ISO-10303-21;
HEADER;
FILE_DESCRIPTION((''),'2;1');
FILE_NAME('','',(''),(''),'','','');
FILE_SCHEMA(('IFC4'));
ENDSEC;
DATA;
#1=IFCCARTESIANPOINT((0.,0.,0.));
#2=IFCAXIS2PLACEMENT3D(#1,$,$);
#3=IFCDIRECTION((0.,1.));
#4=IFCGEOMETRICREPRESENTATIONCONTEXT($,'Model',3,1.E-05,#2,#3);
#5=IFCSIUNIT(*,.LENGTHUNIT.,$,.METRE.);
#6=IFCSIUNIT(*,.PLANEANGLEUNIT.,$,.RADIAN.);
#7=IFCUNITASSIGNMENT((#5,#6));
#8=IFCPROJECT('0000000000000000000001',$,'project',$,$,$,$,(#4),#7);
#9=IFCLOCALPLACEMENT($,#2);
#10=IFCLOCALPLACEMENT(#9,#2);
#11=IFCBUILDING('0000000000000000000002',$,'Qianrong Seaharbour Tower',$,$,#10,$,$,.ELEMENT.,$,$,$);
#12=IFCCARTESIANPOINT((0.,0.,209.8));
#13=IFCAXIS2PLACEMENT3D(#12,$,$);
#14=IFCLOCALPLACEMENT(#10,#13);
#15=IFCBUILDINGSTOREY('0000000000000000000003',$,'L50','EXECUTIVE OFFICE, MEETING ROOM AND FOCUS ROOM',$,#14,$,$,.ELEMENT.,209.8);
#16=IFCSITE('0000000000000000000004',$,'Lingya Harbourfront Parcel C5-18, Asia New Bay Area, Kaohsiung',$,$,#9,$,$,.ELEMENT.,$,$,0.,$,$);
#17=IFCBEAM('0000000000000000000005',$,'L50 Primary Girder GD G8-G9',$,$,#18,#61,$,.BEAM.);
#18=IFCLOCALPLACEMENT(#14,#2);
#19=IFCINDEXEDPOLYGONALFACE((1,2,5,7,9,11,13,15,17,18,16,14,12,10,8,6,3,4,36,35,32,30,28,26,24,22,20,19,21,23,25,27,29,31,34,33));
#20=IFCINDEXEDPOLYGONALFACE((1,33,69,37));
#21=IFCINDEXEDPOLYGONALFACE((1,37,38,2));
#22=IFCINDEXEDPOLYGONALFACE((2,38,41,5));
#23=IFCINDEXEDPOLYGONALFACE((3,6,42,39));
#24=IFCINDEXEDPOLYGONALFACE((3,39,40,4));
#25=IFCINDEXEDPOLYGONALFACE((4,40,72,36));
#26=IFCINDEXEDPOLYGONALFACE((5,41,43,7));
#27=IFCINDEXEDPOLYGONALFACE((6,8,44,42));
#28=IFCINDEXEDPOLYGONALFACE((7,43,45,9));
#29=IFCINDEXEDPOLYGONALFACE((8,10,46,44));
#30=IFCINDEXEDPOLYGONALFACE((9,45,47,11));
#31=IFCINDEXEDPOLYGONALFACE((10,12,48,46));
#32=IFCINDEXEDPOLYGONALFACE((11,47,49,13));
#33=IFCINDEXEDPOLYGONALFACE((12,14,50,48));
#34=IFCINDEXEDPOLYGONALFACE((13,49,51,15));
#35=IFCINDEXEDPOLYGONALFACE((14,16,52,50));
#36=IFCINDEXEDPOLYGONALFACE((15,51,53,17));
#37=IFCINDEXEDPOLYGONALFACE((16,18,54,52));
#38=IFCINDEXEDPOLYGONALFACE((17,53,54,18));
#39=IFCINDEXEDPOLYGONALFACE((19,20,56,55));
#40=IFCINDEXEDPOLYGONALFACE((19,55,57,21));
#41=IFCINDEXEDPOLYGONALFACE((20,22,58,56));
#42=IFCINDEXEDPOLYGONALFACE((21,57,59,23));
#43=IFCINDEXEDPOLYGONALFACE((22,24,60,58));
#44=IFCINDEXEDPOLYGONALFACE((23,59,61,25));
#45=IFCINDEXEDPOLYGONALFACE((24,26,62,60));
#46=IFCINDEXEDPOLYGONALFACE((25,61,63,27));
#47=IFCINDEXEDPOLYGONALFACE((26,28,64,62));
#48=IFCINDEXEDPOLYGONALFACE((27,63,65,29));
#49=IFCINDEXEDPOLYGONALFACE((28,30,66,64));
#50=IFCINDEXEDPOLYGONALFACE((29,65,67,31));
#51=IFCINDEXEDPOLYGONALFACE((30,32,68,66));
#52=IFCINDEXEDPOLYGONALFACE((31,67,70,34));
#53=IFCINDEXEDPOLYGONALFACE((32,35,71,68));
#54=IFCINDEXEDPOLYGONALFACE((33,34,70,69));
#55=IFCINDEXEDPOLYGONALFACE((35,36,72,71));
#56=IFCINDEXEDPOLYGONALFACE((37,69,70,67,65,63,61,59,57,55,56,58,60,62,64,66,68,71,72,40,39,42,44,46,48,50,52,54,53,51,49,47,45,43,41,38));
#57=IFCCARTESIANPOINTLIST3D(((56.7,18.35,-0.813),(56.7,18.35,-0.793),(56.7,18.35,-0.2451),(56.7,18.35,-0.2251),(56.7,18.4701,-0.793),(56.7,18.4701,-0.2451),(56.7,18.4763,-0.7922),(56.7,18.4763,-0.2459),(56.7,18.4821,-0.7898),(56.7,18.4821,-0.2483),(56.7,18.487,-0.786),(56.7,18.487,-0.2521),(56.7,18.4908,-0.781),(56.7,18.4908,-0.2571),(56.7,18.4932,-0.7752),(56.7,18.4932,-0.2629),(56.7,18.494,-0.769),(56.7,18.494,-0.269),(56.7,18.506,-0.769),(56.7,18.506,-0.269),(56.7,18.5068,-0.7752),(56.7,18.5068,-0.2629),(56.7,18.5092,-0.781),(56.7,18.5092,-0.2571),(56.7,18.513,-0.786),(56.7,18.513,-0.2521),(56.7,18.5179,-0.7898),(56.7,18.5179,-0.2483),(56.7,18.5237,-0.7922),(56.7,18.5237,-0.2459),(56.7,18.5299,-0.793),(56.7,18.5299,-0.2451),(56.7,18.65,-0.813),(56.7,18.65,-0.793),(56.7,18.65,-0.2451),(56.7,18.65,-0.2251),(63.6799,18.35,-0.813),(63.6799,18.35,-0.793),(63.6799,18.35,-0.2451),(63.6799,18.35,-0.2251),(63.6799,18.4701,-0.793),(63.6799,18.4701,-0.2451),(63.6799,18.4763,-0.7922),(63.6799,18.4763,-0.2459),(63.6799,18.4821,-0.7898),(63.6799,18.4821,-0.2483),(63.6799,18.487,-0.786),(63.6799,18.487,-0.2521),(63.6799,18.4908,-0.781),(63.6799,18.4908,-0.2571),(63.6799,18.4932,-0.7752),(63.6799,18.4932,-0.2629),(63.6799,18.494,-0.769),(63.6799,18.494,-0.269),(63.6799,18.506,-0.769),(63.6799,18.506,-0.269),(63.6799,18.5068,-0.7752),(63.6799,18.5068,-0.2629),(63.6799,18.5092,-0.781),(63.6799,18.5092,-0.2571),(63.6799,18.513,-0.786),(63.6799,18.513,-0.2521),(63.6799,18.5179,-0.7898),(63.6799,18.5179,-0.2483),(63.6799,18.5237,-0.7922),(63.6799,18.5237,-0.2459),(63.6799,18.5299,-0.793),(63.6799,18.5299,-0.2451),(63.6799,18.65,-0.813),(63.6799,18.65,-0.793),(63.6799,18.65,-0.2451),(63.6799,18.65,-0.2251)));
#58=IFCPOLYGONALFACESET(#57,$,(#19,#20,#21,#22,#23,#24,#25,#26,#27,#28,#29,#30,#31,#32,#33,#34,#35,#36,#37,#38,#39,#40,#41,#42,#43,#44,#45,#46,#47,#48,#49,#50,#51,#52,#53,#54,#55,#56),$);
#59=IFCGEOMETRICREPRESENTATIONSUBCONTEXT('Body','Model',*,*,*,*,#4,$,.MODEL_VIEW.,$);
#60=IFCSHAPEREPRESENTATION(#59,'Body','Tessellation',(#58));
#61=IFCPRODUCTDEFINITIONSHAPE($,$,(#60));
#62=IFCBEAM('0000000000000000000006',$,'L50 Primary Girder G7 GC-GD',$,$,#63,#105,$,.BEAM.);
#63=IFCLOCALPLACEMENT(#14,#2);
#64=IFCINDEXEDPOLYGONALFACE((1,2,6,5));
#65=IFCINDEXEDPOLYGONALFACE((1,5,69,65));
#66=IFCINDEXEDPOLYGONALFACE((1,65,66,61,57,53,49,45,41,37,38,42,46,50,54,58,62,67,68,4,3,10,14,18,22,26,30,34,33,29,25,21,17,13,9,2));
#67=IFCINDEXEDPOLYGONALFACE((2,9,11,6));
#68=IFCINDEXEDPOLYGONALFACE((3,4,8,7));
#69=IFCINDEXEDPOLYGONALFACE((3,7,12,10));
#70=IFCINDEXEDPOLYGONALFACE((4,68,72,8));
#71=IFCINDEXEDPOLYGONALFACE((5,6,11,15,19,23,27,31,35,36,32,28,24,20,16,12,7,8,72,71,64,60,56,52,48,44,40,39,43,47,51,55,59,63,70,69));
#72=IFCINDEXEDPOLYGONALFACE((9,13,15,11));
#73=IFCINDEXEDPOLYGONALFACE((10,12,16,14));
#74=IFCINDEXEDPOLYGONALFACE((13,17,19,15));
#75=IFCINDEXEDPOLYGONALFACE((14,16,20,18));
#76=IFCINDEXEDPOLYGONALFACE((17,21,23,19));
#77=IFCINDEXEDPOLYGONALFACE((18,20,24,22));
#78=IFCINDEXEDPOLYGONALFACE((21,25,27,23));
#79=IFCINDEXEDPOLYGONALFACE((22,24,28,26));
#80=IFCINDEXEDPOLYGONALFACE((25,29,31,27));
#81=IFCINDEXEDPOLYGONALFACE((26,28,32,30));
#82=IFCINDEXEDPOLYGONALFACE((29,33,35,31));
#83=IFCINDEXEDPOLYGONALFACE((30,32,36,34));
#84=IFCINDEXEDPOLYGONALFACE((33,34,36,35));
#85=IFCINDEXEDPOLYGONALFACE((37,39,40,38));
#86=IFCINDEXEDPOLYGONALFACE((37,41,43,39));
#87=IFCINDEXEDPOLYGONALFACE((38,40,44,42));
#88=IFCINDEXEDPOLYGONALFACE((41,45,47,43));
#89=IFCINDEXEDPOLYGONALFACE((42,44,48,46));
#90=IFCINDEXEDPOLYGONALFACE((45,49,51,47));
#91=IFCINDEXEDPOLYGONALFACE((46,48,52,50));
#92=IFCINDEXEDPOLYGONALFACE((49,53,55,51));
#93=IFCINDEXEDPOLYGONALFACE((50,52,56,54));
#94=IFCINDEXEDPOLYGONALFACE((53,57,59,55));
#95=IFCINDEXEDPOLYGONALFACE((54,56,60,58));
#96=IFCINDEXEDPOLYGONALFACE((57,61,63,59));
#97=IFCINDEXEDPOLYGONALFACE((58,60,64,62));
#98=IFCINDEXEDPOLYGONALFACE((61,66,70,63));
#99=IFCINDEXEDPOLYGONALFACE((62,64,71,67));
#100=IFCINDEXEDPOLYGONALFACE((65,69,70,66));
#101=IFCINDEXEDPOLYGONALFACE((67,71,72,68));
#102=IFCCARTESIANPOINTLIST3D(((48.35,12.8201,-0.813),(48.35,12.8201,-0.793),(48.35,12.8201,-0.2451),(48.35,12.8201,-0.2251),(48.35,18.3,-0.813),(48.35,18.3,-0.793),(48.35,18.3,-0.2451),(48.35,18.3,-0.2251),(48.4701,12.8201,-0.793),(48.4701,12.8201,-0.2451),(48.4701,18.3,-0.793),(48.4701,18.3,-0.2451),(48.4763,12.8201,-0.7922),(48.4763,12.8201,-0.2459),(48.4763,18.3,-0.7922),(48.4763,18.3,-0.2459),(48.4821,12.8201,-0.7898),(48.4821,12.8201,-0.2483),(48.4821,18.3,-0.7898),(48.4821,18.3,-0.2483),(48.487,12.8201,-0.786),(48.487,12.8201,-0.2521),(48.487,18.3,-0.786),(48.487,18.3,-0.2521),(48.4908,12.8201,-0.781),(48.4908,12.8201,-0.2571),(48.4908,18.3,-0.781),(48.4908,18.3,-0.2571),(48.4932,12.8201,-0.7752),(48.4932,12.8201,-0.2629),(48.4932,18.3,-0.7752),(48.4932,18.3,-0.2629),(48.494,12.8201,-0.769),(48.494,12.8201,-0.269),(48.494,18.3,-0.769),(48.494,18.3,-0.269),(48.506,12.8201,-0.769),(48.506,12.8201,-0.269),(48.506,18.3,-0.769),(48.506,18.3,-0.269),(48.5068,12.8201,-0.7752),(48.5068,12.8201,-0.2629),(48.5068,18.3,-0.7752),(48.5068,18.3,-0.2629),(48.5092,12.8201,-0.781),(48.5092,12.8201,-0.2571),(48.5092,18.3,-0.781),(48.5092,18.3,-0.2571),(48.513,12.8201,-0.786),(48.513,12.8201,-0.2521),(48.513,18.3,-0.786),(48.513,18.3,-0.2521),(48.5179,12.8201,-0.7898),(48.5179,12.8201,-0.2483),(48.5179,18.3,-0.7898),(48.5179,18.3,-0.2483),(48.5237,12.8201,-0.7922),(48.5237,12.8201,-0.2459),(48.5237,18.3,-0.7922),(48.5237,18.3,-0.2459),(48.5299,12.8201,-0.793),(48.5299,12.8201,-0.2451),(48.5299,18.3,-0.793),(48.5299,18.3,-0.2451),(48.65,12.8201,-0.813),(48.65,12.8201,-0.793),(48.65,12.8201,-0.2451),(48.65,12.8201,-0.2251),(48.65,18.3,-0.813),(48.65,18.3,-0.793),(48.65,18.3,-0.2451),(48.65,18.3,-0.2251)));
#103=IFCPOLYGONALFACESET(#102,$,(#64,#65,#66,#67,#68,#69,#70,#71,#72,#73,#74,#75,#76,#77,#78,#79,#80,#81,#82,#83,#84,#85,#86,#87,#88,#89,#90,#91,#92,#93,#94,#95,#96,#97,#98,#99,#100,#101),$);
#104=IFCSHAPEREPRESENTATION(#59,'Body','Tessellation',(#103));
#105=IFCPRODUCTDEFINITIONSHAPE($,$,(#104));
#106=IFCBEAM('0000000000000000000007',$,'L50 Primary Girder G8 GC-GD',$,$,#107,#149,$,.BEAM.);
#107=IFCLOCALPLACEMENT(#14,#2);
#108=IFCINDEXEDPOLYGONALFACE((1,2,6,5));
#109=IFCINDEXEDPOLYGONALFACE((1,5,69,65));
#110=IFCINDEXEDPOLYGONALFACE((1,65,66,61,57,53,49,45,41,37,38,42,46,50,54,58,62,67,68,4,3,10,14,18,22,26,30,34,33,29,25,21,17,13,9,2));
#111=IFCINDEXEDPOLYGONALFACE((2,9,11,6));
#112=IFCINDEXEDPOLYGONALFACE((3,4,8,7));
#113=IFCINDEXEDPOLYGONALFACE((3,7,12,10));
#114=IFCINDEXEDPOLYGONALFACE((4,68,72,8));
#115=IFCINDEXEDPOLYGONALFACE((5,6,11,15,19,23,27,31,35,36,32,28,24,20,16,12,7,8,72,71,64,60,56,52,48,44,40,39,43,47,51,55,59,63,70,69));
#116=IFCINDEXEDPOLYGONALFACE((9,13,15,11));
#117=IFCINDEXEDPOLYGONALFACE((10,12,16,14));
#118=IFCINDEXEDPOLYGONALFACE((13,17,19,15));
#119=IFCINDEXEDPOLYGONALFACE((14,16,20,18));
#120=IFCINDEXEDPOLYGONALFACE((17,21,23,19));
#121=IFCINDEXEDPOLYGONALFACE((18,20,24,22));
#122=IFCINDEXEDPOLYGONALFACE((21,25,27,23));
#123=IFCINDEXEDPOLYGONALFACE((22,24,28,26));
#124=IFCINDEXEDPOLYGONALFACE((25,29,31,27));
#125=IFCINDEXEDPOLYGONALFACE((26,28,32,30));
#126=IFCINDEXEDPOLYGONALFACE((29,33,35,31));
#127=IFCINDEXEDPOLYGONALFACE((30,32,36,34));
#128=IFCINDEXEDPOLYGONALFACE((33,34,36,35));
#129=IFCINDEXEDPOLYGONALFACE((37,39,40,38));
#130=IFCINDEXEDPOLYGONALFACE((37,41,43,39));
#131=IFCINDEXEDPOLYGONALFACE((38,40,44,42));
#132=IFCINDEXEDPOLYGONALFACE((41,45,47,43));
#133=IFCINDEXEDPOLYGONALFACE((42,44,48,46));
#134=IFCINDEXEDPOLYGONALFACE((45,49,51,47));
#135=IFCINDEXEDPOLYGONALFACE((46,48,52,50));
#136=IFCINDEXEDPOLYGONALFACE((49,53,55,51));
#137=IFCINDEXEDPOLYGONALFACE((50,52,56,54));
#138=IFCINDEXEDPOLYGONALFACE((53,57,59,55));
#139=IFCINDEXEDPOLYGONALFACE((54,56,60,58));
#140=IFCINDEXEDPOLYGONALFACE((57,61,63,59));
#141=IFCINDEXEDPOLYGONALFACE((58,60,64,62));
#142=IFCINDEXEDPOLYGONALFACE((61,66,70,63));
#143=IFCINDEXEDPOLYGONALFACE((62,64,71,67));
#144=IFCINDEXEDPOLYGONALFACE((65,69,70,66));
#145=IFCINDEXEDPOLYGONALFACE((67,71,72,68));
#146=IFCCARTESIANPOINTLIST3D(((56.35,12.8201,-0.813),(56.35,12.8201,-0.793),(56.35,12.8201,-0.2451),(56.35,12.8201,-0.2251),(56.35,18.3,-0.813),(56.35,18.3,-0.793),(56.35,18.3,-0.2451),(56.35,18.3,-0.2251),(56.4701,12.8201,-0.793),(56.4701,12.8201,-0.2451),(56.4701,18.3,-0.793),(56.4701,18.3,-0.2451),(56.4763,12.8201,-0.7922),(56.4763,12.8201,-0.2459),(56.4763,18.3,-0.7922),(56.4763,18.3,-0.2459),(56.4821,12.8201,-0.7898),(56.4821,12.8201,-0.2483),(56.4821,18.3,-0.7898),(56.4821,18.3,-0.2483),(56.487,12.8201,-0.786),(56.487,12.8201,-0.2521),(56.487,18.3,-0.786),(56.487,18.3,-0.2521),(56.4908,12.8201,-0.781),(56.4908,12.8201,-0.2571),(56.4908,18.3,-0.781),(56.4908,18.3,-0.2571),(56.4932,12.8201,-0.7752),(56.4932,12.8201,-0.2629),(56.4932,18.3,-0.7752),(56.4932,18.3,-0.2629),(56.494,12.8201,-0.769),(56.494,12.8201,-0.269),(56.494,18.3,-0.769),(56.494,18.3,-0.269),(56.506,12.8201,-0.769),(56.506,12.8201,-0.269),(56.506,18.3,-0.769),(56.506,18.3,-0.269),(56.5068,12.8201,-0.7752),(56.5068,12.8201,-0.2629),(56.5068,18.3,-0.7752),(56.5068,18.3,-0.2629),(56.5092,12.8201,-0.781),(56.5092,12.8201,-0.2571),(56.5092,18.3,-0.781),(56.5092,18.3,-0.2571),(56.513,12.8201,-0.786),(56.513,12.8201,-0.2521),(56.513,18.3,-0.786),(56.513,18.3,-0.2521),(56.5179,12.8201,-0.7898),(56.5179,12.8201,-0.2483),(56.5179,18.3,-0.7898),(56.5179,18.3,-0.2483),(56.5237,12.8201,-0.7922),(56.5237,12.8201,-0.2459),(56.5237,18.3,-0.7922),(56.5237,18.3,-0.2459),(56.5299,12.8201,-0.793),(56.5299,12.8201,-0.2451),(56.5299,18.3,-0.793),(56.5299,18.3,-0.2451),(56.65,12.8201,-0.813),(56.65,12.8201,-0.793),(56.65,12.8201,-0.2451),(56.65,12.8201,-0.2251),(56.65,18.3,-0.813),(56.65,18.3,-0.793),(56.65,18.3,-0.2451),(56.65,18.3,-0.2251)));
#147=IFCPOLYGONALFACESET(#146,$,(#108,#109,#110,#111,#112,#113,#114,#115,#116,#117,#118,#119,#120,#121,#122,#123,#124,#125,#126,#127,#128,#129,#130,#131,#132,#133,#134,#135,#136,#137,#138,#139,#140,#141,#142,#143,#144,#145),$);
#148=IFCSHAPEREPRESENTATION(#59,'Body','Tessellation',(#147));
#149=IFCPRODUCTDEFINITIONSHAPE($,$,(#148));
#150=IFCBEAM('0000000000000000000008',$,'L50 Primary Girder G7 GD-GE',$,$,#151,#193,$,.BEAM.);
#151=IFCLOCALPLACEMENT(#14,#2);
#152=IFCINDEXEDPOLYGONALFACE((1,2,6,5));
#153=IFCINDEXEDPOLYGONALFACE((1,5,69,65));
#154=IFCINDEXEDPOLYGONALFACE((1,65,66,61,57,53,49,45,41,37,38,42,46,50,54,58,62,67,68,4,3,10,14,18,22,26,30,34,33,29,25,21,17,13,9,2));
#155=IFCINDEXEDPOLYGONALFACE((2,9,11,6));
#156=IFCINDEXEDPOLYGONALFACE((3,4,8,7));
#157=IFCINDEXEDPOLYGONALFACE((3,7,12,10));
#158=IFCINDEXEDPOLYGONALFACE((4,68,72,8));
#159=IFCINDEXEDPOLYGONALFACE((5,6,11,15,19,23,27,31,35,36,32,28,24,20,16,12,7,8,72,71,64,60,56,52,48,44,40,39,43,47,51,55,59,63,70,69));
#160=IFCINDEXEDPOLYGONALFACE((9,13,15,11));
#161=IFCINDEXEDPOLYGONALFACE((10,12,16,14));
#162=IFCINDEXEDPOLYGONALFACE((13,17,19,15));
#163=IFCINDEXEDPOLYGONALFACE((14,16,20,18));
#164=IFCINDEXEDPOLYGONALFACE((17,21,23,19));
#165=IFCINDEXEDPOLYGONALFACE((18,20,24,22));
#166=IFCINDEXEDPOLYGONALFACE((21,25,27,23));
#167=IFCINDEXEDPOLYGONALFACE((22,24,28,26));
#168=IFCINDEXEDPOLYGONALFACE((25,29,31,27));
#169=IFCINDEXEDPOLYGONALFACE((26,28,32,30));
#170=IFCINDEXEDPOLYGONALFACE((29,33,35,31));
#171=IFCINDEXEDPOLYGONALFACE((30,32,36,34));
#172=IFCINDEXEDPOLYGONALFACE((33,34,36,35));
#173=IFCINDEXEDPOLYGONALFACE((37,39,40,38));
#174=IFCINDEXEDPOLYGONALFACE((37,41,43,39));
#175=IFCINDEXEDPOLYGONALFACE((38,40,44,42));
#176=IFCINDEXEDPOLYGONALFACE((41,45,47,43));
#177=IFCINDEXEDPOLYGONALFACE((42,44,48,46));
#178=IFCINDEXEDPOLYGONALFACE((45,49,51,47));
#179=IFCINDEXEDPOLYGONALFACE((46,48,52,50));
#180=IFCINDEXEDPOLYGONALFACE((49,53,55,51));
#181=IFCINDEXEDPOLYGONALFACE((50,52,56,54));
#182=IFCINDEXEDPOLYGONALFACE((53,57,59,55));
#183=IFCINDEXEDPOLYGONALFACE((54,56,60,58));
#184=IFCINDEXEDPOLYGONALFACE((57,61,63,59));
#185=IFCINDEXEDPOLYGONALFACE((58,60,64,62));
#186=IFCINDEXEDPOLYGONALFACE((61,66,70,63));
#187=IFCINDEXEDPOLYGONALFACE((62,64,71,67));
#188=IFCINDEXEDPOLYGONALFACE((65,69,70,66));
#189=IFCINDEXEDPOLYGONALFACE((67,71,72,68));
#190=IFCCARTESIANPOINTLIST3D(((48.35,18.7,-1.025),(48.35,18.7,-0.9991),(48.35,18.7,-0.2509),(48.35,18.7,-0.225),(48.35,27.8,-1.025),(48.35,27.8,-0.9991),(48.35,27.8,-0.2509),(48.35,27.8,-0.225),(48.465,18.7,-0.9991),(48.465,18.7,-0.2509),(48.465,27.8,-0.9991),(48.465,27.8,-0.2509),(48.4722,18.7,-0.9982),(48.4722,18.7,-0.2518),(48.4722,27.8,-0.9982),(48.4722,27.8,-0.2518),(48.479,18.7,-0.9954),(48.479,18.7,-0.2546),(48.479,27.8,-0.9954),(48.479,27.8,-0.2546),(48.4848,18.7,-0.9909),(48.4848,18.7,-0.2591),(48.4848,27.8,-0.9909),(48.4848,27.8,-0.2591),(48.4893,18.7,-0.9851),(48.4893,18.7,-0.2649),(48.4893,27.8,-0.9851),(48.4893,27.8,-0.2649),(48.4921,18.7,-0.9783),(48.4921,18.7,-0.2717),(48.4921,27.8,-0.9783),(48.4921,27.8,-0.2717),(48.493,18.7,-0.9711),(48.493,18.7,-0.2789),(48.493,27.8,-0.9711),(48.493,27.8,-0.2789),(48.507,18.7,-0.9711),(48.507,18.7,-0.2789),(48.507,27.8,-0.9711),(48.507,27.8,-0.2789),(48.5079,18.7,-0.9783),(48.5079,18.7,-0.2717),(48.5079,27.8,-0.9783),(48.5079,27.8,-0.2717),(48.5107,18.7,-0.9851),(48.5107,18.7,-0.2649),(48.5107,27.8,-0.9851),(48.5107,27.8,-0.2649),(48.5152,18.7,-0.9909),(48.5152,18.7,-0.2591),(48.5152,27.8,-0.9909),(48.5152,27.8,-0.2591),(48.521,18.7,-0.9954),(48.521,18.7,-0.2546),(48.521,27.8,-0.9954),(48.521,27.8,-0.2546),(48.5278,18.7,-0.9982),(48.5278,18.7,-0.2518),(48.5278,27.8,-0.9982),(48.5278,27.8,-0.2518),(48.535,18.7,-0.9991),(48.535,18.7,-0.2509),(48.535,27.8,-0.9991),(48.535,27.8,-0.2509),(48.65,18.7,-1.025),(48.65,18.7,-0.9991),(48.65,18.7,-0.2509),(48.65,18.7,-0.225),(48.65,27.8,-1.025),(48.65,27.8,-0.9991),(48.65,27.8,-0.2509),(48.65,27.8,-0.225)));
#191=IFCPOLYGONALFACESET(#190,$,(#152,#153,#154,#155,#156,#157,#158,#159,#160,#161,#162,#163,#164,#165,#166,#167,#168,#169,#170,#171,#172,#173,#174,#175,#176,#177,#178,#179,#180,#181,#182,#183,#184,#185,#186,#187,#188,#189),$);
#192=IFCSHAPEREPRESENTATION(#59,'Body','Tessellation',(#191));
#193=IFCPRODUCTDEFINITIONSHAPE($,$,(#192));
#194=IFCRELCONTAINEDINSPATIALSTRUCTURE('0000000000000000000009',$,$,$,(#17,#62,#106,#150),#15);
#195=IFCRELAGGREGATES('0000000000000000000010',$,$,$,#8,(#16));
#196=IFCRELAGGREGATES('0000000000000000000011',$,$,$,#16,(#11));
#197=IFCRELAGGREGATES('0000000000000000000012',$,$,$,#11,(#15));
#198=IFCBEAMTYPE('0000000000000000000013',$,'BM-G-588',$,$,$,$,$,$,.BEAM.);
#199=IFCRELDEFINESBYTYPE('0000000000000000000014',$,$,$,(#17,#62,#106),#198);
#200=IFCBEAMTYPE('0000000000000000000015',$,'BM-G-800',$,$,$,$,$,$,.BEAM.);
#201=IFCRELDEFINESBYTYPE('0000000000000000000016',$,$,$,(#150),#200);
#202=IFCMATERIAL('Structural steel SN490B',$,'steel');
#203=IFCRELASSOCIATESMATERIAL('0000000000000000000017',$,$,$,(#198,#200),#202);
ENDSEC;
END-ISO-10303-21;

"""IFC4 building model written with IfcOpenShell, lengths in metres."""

from ifc_helpers import new_model, si_unit, direction, frame, origin, origin_2d, place, context, subcontext, project, spatial, i_section, extrude, material, material_profile, profile_set, type_object, element, save


model = new_model("IFC4")

# Units and contexts
model_context = context("Model", 3, precision=1e-05, world=origin(), true_north=direction((0.0, 1.0)))
body_context = subcontext(model_context, "Body", "Model", "MODEL_VIEW")
ifc_project = project(units=[si_unit("LENGTHUNIT", "METRE"), si_unit("PLANEANGLEUNIT", "RADIAN")], contexts=[model_context])

# Site, building, storey
site_placement = place(None, origin())
site = spatial("IfcSite", under=ifc_project, at=site_placement, Name="Lingya Harbourfront Parcel C5-18, Asia New Bay Area, Kaohsiung", CompositionType="ELEMENT", RefElevation=0.0)
building_placement = place(site_placement, origin())
building = spatial("IfcBuilding", under=site, at=building_placement, Name="Qianrong Seaharbour Tower", CompositionType="ELEMENT")
storey_placement = place(building_placement, frame((0.0, 0.0, 209.8)))
storey = spatial("IfcBuildingStorey", under=building, at=storey_placement, Name="L50", Description="EXECUTIVE OFFICE, MEETING ROOM AND FOCUS ROOM", CompositionType="ELEMENT", Elevation=209.8)

# Shared definitions
ifc_material_1 = material(Name="Structural steel SN490B", Category="steel")

# Beams
ifc_material_profile_1 = material_profile(ifc_material_1, i_section(OverallWidth=0.3, OverallDepth=0.5879, WebThickness=0.012, FlangeThickness=0.02, FilletRadius=0.0239, at=origin_2d()), Name="H588x300x12x20")
ifc_profile_set_1 = profile_set([ifc_material_profile_1], Name="Structural steel SN490B")
beam_type_1 = type_object("IfcBeamType", Name="BM-G-588", PredefinedType="BEAM", material=ifc_profile_set_1)
beam_1_placement = place(storey_placement, frame((56.7, 18.5, -0.519), z_axis=(1.0, 0.0, 0.0), x_axis=(0.0, 1.0, 0.0)))
element("IfcBeam", 1, at=beam_1_placement, inside=storey, type_object=beam_type_1, Name="L50 Primary Girder GD G8-G9", PredefinedType="BEAM", context=body_context, shape_type="SweptSolid", body=[
    extrude(i_section(OverallWidth=0.3, OverallDepth=0.5879, WebThickness=0.012, FlangeThickness=0.02, FilletRadius=0.0239, at=origin_2d()), origin(), (0.0, 0.0, 1.0), 6.98),
])
for number, where, z_axis, x_axis, name in (
    (2, (48.5, 12.8201, -0.519), (0.0, 1.0, 0.0), (-1.0, 0.0, 0.0), "L50 Primary Girder G7 GC-GD"),
    (3, (56.5, 12.8201, -0.519), (0.0, 1.0, 0.0), (-1.0, 0.0, 0.0), "L50 Primary Girder G8 GC-GD"),
):
    element("IfcBeam", number, at=place(storey_placement, frame(where, z_axis=z_axis, x_axis=x_axis)), inside=storey, type_object=beam_type_1, Name=name, PredefinedType="BEAM", context=body_context, shape_type="SweptSolid", body=[
        extrude(i_section(OverallWidth=0.3, OverallDepth=0.5879, WebThickness=0.012, FlangeThickness=0.02, FilletRadius=0.0239, at=origin_2d()), origin(), (0.0, 0.0, 1.0), 5.48),
    ])
ifc_material_profile_2 = material_profile(ifc_material_1, i_section(OverallWidth=0.3, OverallDepth=0.8, WebThickness=0.0139, FlangeThickness=0.0259, FilletRadius=0.0281, at=origin_2d()), Name="H800x300x14x26")
ifc_profile_set_2 = profile_set([ifc_material_profile_2], Name="Structural steel SN490B")
beam_type_2 = type_object("IfcBeamType", Name="BM-G-800", PredefinedType="BEAM", material=ifc_profile_set_2)
for number, where, z_axis, x_axis, name in (
    (4, (48.5, 18.7, -0.625), (0.0, 1.0, 0.0), (-1.0, 0.0, 0.0), "L50 Primary Girder G7 GD-GE"),
):
    element("IfcBeam", number, at=place(storey_placement, frame(where, z_axis=z_axis, x_axis=x_axis)), inside=storey, type_object=beam_type_2, Name=name, PredefinedType="BEAM", context=body_context, shape_type="SweptSolid", body=[
        extrude(i_section(OverallWidth=0.3, OverallDepth=0.8, WebThickness=0.0139, FlangeThickness=0.0259, FilletRadius=0.0281, at=origin_2d()), origin(), (0.0, 0.0, 1.0), 9.1001),
    ])

save(model, "model.ifc")
